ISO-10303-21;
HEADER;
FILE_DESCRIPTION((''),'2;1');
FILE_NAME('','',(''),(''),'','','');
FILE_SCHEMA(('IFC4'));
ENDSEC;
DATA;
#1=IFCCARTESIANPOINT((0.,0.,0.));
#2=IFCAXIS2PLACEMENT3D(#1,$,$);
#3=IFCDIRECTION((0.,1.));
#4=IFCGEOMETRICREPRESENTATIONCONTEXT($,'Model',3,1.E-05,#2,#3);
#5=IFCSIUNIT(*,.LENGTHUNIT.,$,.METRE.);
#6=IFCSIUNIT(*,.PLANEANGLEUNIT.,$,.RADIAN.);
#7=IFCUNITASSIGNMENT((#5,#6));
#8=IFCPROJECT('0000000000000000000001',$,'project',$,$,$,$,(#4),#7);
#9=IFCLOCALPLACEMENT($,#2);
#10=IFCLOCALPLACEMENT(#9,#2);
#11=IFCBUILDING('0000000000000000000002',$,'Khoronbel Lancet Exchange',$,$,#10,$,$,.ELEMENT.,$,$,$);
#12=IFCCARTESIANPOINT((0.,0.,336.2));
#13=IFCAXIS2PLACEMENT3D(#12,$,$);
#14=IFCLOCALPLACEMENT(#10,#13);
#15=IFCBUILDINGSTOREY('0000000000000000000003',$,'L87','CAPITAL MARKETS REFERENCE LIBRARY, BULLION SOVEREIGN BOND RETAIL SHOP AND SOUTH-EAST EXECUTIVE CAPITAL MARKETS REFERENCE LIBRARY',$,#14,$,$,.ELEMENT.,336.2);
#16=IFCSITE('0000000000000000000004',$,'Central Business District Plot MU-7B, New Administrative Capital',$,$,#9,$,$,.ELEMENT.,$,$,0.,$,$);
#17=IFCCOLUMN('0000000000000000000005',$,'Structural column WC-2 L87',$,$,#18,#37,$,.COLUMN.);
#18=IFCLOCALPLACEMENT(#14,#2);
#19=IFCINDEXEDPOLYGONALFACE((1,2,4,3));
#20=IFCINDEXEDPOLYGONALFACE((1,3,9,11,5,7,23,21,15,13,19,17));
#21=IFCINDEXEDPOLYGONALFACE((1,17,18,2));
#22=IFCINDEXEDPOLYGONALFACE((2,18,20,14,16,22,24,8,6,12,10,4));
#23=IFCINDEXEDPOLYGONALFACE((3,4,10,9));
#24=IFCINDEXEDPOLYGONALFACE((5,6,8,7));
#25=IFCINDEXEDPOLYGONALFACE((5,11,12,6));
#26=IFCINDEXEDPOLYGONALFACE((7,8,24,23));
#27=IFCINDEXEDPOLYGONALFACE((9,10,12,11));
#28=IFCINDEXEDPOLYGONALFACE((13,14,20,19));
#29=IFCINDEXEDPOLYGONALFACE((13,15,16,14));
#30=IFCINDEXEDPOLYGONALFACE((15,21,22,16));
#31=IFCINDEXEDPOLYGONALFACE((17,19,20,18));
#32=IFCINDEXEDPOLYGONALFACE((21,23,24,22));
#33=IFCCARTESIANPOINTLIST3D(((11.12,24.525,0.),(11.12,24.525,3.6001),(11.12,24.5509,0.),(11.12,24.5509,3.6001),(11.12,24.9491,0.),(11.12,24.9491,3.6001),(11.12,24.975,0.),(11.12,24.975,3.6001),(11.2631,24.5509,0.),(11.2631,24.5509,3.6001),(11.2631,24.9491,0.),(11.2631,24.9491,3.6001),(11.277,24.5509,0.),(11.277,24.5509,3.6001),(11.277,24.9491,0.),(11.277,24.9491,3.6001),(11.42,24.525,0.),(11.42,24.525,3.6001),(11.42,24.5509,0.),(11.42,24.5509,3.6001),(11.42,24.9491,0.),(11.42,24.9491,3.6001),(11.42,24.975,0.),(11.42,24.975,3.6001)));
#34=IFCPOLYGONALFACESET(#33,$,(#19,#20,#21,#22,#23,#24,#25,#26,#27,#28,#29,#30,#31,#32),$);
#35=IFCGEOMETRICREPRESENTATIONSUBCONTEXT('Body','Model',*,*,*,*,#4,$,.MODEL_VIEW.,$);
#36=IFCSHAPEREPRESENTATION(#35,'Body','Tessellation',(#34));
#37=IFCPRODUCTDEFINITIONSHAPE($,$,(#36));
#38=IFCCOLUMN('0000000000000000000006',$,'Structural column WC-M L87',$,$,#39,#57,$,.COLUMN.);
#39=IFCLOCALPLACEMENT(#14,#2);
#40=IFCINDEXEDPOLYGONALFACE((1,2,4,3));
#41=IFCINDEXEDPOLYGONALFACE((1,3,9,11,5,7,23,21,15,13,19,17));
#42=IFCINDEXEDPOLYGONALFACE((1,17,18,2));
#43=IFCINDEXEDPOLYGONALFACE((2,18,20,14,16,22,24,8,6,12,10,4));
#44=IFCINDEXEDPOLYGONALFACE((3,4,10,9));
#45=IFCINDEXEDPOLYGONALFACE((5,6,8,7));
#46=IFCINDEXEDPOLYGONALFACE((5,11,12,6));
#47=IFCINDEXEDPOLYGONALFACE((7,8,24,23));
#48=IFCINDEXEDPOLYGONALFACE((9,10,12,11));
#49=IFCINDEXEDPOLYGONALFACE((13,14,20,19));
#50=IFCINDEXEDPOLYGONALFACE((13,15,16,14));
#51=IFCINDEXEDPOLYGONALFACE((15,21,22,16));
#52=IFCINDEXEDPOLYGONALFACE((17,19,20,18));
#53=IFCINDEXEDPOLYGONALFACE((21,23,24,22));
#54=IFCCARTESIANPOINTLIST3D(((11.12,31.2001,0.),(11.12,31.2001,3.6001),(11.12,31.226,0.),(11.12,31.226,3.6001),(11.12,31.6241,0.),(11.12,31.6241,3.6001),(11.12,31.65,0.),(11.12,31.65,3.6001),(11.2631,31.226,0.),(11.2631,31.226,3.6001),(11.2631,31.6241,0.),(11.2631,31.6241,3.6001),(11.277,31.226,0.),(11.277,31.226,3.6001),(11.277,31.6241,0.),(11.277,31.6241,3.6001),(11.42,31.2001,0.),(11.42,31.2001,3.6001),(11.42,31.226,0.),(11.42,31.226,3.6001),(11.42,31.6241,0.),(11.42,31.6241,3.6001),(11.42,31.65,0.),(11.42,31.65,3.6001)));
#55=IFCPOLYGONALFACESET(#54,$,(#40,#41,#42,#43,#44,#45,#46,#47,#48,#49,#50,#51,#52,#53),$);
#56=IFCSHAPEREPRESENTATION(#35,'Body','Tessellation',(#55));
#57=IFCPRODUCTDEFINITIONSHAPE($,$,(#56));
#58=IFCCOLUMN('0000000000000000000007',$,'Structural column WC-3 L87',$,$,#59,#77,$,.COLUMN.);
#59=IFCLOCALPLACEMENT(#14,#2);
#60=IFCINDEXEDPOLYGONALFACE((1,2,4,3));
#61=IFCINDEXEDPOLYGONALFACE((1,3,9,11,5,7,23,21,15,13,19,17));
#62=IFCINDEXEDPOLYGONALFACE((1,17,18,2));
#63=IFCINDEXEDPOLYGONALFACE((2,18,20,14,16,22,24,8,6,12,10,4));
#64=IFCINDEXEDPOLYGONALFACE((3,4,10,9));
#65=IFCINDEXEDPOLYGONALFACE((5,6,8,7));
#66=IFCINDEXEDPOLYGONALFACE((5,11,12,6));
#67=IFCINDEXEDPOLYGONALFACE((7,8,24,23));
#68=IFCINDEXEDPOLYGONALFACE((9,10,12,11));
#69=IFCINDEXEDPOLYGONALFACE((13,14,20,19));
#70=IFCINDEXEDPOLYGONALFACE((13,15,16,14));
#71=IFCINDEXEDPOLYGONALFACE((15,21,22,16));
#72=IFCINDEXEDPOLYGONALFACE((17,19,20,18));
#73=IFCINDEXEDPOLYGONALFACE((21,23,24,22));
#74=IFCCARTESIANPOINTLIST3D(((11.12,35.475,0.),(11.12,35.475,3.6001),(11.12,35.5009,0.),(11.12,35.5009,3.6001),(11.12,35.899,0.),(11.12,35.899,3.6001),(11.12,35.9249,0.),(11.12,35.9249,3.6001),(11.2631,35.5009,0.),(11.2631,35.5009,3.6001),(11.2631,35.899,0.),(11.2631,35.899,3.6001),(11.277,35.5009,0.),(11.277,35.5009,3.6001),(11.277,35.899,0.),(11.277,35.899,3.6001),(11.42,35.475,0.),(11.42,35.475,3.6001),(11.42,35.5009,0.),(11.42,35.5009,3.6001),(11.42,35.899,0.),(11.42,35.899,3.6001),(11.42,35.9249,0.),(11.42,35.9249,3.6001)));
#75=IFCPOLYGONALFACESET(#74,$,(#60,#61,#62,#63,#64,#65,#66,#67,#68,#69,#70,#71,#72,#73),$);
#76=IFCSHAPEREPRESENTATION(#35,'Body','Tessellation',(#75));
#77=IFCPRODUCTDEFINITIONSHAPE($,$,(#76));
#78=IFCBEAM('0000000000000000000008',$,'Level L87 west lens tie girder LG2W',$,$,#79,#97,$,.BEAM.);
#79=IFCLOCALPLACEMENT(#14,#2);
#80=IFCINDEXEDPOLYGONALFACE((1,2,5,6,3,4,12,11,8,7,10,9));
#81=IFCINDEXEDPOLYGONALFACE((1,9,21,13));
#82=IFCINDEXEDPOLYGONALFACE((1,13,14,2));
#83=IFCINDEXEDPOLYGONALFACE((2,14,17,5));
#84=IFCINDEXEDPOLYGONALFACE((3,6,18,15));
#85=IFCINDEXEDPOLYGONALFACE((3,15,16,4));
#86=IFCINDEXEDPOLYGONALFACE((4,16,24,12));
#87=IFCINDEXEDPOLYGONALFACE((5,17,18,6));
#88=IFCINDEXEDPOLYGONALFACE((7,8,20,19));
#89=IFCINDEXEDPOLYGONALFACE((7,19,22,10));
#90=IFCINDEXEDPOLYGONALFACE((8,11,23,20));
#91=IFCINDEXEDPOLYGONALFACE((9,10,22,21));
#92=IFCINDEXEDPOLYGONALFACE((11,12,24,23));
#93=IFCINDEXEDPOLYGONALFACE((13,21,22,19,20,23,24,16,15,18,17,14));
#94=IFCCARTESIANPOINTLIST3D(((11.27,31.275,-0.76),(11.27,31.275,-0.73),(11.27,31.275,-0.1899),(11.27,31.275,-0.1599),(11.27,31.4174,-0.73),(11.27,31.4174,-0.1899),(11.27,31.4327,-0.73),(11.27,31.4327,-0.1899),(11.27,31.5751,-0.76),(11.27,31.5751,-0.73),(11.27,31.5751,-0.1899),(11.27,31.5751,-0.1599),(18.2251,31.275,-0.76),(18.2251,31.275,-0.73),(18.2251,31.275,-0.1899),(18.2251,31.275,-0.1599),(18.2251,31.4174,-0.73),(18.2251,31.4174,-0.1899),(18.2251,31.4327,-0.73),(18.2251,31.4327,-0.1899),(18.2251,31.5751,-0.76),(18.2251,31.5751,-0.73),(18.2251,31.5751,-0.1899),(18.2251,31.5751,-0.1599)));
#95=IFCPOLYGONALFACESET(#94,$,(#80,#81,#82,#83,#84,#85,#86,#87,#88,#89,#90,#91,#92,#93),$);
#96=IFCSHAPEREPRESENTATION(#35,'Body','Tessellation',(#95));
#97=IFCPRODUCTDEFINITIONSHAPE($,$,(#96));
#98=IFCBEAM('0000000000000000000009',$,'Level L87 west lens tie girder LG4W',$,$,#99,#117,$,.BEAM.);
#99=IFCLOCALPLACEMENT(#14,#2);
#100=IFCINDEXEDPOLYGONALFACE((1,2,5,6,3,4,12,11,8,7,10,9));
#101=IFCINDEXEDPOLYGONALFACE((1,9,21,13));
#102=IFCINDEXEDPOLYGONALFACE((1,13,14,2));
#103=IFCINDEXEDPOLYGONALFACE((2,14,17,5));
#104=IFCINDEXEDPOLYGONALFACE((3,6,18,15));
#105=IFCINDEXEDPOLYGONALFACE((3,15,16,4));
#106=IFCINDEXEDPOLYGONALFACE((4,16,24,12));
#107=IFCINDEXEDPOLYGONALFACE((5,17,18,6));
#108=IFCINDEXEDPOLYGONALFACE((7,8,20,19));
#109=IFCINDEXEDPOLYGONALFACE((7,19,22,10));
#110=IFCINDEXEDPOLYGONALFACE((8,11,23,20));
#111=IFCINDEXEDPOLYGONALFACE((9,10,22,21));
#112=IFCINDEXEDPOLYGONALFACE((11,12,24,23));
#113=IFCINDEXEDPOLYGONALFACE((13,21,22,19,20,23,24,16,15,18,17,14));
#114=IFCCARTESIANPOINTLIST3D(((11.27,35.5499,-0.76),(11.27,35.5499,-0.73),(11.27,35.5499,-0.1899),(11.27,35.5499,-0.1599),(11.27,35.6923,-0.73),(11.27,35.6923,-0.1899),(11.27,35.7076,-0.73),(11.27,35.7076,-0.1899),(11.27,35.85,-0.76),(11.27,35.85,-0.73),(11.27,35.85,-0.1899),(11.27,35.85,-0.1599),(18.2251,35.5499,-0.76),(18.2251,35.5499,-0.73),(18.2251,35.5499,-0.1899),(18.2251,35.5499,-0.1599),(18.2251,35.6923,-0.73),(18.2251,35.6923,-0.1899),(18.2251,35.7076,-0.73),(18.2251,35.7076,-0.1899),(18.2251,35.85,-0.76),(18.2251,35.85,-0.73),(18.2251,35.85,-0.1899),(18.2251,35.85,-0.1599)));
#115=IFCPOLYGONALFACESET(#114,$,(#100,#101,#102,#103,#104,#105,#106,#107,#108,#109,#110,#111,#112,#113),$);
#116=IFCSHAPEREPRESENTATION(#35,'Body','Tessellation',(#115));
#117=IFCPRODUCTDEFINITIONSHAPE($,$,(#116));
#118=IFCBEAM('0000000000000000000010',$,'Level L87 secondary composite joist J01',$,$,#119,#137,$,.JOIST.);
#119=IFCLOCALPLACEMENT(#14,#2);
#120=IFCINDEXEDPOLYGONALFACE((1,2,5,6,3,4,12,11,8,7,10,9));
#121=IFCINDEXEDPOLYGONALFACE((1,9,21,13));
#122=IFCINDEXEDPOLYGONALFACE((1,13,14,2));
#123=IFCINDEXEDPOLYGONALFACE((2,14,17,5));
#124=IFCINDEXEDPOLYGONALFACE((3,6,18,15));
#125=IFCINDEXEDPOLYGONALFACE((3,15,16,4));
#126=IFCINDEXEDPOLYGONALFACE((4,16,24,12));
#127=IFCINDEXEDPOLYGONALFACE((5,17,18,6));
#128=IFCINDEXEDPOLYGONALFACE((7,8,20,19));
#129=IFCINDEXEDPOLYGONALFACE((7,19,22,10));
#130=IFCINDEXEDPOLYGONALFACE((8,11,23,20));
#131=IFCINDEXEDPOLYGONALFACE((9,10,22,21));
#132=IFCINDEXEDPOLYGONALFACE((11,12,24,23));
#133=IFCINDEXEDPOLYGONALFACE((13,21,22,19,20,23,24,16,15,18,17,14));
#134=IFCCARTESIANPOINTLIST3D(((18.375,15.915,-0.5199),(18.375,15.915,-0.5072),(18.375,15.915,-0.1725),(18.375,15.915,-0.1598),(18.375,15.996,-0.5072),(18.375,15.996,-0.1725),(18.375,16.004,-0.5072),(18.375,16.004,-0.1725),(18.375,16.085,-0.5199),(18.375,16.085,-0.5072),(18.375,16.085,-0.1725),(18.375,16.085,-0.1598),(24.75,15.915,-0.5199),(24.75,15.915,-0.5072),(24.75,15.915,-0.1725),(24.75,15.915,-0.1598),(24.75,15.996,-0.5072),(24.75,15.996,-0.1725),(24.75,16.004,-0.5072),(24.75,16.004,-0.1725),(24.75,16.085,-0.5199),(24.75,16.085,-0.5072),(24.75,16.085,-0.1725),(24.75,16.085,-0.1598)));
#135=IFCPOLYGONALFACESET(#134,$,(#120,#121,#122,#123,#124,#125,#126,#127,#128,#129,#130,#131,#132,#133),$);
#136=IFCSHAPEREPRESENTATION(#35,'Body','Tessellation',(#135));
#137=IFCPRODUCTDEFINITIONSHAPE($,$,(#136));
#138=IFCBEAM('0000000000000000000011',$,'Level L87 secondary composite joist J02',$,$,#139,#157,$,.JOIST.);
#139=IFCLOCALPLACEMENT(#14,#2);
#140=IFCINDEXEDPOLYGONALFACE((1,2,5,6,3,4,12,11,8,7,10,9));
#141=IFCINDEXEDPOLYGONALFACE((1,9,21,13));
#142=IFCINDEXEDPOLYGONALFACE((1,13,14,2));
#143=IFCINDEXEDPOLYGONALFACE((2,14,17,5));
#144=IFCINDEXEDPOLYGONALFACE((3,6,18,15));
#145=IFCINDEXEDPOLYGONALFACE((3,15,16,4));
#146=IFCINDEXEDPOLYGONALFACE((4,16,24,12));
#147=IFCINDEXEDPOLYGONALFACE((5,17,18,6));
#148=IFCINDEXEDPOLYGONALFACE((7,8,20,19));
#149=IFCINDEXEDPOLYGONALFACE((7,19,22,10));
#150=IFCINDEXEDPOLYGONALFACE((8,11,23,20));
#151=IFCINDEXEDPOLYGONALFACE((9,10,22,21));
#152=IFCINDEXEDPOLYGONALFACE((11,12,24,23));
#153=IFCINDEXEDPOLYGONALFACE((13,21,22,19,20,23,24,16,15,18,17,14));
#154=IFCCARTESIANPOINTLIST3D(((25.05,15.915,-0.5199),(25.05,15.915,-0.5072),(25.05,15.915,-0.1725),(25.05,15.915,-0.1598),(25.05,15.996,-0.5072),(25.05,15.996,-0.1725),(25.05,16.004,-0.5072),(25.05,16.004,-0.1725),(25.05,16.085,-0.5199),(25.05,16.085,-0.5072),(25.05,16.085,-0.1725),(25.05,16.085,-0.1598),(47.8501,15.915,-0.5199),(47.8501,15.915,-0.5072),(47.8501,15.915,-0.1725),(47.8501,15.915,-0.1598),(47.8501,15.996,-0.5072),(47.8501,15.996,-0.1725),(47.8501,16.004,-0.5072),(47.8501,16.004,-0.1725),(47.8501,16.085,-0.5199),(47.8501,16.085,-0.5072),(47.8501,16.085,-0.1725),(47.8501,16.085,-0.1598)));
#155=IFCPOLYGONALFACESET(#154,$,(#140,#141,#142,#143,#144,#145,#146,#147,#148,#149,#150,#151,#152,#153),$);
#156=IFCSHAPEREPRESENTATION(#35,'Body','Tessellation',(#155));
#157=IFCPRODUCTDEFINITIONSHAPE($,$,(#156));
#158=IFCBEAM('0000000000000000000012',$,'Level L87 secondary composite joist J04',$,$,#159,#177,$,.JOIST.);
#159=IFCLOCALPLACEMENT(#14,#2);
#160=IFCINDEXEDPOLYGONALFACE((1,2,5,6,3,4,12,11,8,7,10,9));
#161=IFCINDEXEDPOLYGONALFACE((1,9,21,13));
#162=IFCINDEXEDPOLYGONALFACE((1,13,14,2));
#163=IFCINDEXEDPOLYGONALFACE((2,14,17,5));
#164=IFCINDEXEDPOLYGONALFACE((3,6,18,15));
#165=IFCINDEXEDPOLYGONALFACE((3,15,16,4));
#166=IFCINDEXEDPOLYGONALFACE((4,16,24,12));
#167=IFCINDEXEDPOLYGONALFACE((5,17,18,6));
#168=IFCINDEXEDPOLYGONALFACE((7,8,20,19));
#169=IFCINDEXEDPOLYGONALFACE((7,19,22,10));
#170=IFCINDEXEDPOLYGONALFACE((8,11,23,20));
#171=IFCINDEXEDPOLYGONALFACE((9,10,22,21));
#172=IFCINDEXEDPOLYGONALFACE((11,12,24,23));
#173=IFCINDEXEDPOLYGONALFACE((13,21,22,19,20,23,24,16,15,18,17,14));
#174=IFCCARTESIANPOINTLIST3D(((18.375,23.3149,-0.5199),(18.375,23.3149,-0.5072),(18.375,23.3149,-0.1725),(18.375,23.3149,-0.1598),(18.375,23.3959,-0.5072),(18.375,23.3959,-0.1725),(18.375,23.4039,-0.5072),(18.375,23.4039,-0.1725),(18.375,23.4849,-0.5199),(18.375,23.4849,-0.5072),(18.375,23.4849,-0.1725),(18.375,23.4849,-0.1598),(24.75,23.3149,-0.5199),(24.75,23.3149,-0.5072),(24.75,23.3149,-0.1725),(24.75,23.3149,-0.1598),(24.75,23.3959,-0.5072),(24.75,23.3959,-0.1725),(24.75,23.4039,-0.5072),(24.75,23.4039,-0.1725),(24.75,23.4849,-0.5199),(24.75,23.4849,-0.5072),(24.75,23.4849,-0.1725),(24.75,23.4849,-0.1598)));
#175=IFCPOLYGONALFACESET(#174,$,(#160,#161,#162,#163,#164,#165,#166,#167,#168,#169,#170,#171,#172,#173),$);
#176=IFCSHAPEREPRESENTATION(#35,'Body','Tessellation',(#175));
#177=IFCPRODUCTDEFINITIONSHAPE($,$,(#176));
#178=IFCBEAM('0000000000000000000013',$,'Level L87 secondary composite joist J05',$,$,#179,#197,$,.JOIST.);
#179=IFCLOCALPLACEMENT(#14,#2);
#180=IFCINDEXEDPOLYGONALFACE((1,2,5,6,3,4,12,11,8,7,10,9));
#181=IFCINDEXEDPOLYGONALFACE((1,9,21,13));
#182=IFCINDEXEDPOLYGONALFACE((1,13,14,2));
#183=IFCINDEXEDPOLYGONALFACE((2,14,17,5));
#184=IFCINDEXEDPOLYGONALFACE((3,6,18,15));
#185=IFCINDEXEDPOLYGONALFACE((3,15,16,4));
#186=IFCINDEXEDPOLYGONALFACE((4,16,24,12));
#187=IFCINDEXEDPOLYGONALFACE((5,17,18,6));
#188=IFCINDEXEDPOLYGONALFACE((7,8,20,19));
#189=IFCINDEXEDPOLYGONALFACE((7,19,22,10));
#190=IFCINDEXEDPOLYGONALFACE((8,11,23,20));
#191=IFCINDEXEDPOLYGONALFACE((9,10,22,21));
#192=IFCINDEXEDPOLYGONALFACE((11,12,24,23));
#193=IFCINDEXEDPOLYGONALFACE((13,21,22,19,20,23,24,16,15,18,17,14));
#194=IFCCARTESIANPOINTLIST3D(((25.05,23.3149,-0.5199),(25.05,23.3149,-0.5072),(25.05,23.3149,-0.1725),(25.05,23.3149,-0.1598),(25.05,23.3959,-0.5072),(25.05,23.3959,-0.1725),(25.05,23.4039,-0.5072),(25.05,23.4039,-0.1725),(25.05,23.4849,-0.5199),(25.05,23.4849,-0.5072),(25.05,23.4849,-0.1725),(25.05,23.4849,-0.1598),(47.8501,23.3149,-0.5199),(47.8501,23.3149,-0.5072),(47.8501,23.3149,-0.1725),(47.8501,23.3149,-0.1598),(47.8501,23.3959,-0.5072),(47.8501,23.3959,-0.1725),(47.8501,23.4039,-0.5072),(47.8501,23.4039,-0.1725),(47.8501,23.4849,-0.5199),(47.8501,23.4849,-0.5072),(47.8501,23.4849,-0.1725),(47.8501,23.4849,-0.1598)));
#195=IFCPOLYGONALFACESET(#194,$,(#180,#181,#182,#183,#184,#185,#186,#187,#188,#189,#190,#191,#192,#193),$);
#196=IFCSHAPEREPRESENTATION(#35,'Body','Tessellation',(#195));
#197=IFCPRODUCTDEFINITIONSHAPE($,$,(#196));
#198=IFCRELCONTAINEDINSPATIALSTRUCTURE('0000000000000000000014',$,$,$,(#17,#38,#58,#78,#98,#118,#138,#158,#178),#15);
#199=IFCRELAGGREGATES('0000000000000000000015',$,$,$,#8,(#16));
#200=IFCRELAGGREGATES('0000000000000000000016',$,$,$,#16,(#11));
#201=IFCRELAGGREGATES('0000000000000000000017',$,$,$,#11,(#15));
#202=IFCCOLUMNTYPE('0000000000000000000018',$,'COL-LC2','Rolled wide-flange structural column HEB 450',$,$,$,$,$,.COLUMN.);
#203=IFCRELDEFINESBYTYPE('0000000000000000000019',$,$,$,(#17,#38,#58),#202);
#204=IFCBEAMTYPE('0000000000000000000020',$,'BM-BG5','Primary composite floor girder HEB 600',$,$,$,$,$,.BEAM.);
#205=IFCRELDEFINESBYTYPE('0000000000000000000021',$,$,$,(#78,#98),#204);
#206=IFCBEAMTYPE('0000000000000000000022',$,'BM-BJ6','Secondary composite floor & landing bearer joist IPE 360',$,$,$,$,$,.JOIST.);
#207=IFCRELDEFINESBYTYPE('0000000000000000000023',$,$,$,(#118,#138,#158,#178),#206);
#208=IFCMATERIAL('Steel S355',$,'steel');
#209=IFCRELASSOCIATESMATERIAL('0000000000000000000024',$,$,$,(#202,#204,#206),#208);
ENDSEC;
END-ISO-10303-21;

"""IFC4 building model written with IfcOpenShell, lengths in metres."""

from ifc_helpers import new_model, si_unit, direction, frame, origin, origin_2d, place, context, subcontext, project, spatial, i_section, extrude, material, material_profile, profile_set, type_object, element, save


model = new_model("IFC4")

# Units and contexts
model_context = context("Model", 3, precision=1e-05, world=origin(), true_north=direction((0.0, 1.0)))
body_context = subcontext(model_context, "Body", "Model", "MODEL_VIEW")
ifc_project = project(units=[si_unit("LENGTHUNIT", "METRE"), si_unit("PLANEANGLEUNIT", "RADIAN")], contexts=[model_context])

# Site, building, storey
site_placement = place(None, origin())
site = spatial("IfcSite", under=ifc_project, at=site_placement, Name="Central Business District Plot MU-7B, New Administrative Capital", CompositionType="ELEMENT", RefElevation=0.0)
building_placement = place(site_placement, origin())
building = spatial("IfcBuilding", under=site, at=building_placement, Name="Khoronbel Lancet Exchange", CompositionType="ELEMENT")
storey_placement = place(building_placement, frame((0.0, 0.0, 336.2)))
storey = spatial("IfcBuildingStorey", under=building, at=storey_placement, Name="L87", Description="CAPITAL MARKETS REFERENCE LIBRARY, BULLION SOVEREIGN BOND RETAIL SHOP AND SOUTH-EAST EXECUTIVE CAPITAL MARKETS REFERENCE LIBRARY", CompositionType="ELEMENT", Elevation=336.2)

# Columns
ifc_material_1 = material(Name="Steel S355", Category="steel")
ifc_material_profile_1 = material_profile(ifc_material_1, i_section(OverallWidth=0.3, OverallDepth=0.45, WebThickness=0.0139, FlangeThickness=0.0259, at=origin_2d()), Name="HEB 450")
ifc_profile_set_1 = profile_set([ifc_material_profile_1], Name="Steel S355")
column_type = type_object("IfcColumnType", Name="COL-LC2", Description="Rolled wide-flange structural column HEB 450", PredefinedType="COLUMN", material=ifc_profile_set_1)
for number, where, z_axis, x_axis, name in (
    (1, (11.27, 24.75, 0.0), (0.0, 0.0, 1.0), (1.0, 0.0, 0.0), "Structural column WC-2 L87"),
    (2, (11.27, 31.425, 0.0), (0.0, 0.0, 1.0), (1.0, 0.0, 0.0), "Structural column WC-M L87"),
    (3, (11.27, 35.7, 0.0), (0.0, 0.0, 1.0), (1.0, 0.0, 0.0), "Structural column WC-3 L87"),
):
    element("IfcColumn", number, at=place(storey_placement, frame(where, z_axis=z_axis, x_axis=x_axis)), inside=storey, type_object=column_type, Name=name, PredefinedType="COLUMN", context=body_context, shape_type="SweptSolid", body=[
        extrude(i_section(OverallWidth=0.3, OverallDepth=0.45, WebThickness=0.0139, FlangeThickness=0.0259, at=origin_2d()), origin(), (0.0, 0.0, 1.0), 3.6001),
    ])

# Beams
ifc_material_profile_2 = material_profile(ifc_material_1, i_section(OverallWidth=0.3, OverallDepth=0.6001, WebThickness=0.0154, FlangeThickness=0.03, at=origin_2d()), Name="HEB 600")
ifc_profile_set_2 = profile_set([ifc_material_profile_2], Name="Steel S355")
beam_type_1 = type_object("IfcBeamType", Name="BM-BG5", Description="Primary composite floor girder HEB 600", PredefinedType="BEAM", material=ifc_profile_set_2)
for number, where, z_axis, x_axis, name in (
    (4, (11.27, 31.425, -0.46), (1.0, 0.0, 0.0), (0.0, 1.0, 0.0), "Level L87 west lens tie girder LG2W"),
    (5, (11.27, 35.7, -0.46), (1.0, 0.0, 0.0), (0.0, 1.0, 0.0), "Level L87 west lens tie girder LG4W"),
):
    element("IfcBeam", number, at=place(storey_placement, frame(where, z_axis=z_axis, x_axis=x_axis)), inside=storey, type_object=beam_type_1, Name=name, PredefinedType="BEAM", context=body_context, shape_type="SweptSolid", body=[
        extrude(i_section(OverallWidth=0.3, OverallDepth=0.6001, WebThickness=0.0154, FlangeThickness=0.03, at=origin_2d()), origin(), (0.0, 0.0, 1.0), 6.9551),
    ])
ifc_material_profile_3 = material_profile(ifc_material_1, i_section(OverallWidth=0.1699, OverallDepth=0.3601, WebThickness=0.0081, FlangeThickness=0.0127, at=origin_2d()), Name="IPE 360")
ifc_profile_set_3 = profile_set([ifc_material_profile_3], Name="Steel S355")
beam_type_2 = type_object("IfcBeamType", Name="BM-BJ6", Description="Secondary composite floor & landing bearer joist IPE 360", PredefinedType="JOIST", material=ifc_profile_set_3)
beam_1_placement = place(storey_placement, frame((18.375, 16.0, -0.3398), z_axis=(1.0, 0.0, 0.0), x_axis=(0.0, 1.0, 0.0)))
element("IfcBeam", 6, at=beam_1_placement, inside=storey, type_object=beam_type_2, Name="Level L87 secondary composite joist J01", PredefinedType="JOIST", context=body_context, shape_type="SweptSolid", body=[
    extrude(i_section(OverallWidth=0.1699, OverallDepth=0.3601, WebThickness=0.0081, FlangeThickness=0.0127, at=origin_2d()), origin(), (0.0, 0.0, 1.0), 6.375),
])
beam_2_placement = place(storey_placement, frame((25.05, 16.0, -0.3398), z_axis=(1.0, 0.0, 0.0), x_axis=(0.0, 1.0, 0.0)))
element("IfcBeam", 7, at=beam_2_placement, inside=storey, type_object=beam_type_2, Name="Level L87 secondary composite joist J02", PredefinedType="JOIST", context=body_context, shape_type="SweptSolid", body=[
    extrude(i_section(OverallWidth=0.1699, OverallDepth=0.3601, WebThickness=0.0081, FlangeThickness=0.0127, at=origin_2d()), origin(), (0.0, 0.0, 1.0), 22.8),
])
beam_3_placement = place(storey_placement, frame((18.375, 23.3999, -0.3398), z_axis=(1.0, 0.0, 0.0), x_axis=(0.0, 1.0, 0.0)))
element("IfcBeam", 8, at=beam_3_placement, inside=storey, type_object=beam_type_2, Name="Level L87 secondary composite joist J04", PredefinedType="JOIST", context=body_context, shape_type="SweptSolid", body=[
    extrude(i_section(OverallWidth=0.1699, OverallDepth=0.3601, WebThickness=0.0081, FlangeThickness=0.0127, at=origin_2d()), origin(), (0.0, 0.0, 1.0), 6.375),
])
beam_4_placement = place(storey_placement, frame((25.05, 23.3999, -0.3398), z_axis=(1.0, 0.0, 0.0), x_axis=(0.0, 1.0, 0.0)))
element("IfcBeam", 9, at=beam_4_placement, inside=storey, type_object=beam_type_2, Name="Level L87 secondary composite joist J05", PredefinedType="JOIST", context=body_context, shape_type="SweptSolid", body=[
    extrude(i_section(OverallWidth=0.1699, OverallDepth=0.3601, WebThickness=0.0081, FlangeThickness=0.0127, at=origin_2d()), origin(), (0.0, 0.0, 1.0), 22.8),
])

save(model, "model.ifc")
